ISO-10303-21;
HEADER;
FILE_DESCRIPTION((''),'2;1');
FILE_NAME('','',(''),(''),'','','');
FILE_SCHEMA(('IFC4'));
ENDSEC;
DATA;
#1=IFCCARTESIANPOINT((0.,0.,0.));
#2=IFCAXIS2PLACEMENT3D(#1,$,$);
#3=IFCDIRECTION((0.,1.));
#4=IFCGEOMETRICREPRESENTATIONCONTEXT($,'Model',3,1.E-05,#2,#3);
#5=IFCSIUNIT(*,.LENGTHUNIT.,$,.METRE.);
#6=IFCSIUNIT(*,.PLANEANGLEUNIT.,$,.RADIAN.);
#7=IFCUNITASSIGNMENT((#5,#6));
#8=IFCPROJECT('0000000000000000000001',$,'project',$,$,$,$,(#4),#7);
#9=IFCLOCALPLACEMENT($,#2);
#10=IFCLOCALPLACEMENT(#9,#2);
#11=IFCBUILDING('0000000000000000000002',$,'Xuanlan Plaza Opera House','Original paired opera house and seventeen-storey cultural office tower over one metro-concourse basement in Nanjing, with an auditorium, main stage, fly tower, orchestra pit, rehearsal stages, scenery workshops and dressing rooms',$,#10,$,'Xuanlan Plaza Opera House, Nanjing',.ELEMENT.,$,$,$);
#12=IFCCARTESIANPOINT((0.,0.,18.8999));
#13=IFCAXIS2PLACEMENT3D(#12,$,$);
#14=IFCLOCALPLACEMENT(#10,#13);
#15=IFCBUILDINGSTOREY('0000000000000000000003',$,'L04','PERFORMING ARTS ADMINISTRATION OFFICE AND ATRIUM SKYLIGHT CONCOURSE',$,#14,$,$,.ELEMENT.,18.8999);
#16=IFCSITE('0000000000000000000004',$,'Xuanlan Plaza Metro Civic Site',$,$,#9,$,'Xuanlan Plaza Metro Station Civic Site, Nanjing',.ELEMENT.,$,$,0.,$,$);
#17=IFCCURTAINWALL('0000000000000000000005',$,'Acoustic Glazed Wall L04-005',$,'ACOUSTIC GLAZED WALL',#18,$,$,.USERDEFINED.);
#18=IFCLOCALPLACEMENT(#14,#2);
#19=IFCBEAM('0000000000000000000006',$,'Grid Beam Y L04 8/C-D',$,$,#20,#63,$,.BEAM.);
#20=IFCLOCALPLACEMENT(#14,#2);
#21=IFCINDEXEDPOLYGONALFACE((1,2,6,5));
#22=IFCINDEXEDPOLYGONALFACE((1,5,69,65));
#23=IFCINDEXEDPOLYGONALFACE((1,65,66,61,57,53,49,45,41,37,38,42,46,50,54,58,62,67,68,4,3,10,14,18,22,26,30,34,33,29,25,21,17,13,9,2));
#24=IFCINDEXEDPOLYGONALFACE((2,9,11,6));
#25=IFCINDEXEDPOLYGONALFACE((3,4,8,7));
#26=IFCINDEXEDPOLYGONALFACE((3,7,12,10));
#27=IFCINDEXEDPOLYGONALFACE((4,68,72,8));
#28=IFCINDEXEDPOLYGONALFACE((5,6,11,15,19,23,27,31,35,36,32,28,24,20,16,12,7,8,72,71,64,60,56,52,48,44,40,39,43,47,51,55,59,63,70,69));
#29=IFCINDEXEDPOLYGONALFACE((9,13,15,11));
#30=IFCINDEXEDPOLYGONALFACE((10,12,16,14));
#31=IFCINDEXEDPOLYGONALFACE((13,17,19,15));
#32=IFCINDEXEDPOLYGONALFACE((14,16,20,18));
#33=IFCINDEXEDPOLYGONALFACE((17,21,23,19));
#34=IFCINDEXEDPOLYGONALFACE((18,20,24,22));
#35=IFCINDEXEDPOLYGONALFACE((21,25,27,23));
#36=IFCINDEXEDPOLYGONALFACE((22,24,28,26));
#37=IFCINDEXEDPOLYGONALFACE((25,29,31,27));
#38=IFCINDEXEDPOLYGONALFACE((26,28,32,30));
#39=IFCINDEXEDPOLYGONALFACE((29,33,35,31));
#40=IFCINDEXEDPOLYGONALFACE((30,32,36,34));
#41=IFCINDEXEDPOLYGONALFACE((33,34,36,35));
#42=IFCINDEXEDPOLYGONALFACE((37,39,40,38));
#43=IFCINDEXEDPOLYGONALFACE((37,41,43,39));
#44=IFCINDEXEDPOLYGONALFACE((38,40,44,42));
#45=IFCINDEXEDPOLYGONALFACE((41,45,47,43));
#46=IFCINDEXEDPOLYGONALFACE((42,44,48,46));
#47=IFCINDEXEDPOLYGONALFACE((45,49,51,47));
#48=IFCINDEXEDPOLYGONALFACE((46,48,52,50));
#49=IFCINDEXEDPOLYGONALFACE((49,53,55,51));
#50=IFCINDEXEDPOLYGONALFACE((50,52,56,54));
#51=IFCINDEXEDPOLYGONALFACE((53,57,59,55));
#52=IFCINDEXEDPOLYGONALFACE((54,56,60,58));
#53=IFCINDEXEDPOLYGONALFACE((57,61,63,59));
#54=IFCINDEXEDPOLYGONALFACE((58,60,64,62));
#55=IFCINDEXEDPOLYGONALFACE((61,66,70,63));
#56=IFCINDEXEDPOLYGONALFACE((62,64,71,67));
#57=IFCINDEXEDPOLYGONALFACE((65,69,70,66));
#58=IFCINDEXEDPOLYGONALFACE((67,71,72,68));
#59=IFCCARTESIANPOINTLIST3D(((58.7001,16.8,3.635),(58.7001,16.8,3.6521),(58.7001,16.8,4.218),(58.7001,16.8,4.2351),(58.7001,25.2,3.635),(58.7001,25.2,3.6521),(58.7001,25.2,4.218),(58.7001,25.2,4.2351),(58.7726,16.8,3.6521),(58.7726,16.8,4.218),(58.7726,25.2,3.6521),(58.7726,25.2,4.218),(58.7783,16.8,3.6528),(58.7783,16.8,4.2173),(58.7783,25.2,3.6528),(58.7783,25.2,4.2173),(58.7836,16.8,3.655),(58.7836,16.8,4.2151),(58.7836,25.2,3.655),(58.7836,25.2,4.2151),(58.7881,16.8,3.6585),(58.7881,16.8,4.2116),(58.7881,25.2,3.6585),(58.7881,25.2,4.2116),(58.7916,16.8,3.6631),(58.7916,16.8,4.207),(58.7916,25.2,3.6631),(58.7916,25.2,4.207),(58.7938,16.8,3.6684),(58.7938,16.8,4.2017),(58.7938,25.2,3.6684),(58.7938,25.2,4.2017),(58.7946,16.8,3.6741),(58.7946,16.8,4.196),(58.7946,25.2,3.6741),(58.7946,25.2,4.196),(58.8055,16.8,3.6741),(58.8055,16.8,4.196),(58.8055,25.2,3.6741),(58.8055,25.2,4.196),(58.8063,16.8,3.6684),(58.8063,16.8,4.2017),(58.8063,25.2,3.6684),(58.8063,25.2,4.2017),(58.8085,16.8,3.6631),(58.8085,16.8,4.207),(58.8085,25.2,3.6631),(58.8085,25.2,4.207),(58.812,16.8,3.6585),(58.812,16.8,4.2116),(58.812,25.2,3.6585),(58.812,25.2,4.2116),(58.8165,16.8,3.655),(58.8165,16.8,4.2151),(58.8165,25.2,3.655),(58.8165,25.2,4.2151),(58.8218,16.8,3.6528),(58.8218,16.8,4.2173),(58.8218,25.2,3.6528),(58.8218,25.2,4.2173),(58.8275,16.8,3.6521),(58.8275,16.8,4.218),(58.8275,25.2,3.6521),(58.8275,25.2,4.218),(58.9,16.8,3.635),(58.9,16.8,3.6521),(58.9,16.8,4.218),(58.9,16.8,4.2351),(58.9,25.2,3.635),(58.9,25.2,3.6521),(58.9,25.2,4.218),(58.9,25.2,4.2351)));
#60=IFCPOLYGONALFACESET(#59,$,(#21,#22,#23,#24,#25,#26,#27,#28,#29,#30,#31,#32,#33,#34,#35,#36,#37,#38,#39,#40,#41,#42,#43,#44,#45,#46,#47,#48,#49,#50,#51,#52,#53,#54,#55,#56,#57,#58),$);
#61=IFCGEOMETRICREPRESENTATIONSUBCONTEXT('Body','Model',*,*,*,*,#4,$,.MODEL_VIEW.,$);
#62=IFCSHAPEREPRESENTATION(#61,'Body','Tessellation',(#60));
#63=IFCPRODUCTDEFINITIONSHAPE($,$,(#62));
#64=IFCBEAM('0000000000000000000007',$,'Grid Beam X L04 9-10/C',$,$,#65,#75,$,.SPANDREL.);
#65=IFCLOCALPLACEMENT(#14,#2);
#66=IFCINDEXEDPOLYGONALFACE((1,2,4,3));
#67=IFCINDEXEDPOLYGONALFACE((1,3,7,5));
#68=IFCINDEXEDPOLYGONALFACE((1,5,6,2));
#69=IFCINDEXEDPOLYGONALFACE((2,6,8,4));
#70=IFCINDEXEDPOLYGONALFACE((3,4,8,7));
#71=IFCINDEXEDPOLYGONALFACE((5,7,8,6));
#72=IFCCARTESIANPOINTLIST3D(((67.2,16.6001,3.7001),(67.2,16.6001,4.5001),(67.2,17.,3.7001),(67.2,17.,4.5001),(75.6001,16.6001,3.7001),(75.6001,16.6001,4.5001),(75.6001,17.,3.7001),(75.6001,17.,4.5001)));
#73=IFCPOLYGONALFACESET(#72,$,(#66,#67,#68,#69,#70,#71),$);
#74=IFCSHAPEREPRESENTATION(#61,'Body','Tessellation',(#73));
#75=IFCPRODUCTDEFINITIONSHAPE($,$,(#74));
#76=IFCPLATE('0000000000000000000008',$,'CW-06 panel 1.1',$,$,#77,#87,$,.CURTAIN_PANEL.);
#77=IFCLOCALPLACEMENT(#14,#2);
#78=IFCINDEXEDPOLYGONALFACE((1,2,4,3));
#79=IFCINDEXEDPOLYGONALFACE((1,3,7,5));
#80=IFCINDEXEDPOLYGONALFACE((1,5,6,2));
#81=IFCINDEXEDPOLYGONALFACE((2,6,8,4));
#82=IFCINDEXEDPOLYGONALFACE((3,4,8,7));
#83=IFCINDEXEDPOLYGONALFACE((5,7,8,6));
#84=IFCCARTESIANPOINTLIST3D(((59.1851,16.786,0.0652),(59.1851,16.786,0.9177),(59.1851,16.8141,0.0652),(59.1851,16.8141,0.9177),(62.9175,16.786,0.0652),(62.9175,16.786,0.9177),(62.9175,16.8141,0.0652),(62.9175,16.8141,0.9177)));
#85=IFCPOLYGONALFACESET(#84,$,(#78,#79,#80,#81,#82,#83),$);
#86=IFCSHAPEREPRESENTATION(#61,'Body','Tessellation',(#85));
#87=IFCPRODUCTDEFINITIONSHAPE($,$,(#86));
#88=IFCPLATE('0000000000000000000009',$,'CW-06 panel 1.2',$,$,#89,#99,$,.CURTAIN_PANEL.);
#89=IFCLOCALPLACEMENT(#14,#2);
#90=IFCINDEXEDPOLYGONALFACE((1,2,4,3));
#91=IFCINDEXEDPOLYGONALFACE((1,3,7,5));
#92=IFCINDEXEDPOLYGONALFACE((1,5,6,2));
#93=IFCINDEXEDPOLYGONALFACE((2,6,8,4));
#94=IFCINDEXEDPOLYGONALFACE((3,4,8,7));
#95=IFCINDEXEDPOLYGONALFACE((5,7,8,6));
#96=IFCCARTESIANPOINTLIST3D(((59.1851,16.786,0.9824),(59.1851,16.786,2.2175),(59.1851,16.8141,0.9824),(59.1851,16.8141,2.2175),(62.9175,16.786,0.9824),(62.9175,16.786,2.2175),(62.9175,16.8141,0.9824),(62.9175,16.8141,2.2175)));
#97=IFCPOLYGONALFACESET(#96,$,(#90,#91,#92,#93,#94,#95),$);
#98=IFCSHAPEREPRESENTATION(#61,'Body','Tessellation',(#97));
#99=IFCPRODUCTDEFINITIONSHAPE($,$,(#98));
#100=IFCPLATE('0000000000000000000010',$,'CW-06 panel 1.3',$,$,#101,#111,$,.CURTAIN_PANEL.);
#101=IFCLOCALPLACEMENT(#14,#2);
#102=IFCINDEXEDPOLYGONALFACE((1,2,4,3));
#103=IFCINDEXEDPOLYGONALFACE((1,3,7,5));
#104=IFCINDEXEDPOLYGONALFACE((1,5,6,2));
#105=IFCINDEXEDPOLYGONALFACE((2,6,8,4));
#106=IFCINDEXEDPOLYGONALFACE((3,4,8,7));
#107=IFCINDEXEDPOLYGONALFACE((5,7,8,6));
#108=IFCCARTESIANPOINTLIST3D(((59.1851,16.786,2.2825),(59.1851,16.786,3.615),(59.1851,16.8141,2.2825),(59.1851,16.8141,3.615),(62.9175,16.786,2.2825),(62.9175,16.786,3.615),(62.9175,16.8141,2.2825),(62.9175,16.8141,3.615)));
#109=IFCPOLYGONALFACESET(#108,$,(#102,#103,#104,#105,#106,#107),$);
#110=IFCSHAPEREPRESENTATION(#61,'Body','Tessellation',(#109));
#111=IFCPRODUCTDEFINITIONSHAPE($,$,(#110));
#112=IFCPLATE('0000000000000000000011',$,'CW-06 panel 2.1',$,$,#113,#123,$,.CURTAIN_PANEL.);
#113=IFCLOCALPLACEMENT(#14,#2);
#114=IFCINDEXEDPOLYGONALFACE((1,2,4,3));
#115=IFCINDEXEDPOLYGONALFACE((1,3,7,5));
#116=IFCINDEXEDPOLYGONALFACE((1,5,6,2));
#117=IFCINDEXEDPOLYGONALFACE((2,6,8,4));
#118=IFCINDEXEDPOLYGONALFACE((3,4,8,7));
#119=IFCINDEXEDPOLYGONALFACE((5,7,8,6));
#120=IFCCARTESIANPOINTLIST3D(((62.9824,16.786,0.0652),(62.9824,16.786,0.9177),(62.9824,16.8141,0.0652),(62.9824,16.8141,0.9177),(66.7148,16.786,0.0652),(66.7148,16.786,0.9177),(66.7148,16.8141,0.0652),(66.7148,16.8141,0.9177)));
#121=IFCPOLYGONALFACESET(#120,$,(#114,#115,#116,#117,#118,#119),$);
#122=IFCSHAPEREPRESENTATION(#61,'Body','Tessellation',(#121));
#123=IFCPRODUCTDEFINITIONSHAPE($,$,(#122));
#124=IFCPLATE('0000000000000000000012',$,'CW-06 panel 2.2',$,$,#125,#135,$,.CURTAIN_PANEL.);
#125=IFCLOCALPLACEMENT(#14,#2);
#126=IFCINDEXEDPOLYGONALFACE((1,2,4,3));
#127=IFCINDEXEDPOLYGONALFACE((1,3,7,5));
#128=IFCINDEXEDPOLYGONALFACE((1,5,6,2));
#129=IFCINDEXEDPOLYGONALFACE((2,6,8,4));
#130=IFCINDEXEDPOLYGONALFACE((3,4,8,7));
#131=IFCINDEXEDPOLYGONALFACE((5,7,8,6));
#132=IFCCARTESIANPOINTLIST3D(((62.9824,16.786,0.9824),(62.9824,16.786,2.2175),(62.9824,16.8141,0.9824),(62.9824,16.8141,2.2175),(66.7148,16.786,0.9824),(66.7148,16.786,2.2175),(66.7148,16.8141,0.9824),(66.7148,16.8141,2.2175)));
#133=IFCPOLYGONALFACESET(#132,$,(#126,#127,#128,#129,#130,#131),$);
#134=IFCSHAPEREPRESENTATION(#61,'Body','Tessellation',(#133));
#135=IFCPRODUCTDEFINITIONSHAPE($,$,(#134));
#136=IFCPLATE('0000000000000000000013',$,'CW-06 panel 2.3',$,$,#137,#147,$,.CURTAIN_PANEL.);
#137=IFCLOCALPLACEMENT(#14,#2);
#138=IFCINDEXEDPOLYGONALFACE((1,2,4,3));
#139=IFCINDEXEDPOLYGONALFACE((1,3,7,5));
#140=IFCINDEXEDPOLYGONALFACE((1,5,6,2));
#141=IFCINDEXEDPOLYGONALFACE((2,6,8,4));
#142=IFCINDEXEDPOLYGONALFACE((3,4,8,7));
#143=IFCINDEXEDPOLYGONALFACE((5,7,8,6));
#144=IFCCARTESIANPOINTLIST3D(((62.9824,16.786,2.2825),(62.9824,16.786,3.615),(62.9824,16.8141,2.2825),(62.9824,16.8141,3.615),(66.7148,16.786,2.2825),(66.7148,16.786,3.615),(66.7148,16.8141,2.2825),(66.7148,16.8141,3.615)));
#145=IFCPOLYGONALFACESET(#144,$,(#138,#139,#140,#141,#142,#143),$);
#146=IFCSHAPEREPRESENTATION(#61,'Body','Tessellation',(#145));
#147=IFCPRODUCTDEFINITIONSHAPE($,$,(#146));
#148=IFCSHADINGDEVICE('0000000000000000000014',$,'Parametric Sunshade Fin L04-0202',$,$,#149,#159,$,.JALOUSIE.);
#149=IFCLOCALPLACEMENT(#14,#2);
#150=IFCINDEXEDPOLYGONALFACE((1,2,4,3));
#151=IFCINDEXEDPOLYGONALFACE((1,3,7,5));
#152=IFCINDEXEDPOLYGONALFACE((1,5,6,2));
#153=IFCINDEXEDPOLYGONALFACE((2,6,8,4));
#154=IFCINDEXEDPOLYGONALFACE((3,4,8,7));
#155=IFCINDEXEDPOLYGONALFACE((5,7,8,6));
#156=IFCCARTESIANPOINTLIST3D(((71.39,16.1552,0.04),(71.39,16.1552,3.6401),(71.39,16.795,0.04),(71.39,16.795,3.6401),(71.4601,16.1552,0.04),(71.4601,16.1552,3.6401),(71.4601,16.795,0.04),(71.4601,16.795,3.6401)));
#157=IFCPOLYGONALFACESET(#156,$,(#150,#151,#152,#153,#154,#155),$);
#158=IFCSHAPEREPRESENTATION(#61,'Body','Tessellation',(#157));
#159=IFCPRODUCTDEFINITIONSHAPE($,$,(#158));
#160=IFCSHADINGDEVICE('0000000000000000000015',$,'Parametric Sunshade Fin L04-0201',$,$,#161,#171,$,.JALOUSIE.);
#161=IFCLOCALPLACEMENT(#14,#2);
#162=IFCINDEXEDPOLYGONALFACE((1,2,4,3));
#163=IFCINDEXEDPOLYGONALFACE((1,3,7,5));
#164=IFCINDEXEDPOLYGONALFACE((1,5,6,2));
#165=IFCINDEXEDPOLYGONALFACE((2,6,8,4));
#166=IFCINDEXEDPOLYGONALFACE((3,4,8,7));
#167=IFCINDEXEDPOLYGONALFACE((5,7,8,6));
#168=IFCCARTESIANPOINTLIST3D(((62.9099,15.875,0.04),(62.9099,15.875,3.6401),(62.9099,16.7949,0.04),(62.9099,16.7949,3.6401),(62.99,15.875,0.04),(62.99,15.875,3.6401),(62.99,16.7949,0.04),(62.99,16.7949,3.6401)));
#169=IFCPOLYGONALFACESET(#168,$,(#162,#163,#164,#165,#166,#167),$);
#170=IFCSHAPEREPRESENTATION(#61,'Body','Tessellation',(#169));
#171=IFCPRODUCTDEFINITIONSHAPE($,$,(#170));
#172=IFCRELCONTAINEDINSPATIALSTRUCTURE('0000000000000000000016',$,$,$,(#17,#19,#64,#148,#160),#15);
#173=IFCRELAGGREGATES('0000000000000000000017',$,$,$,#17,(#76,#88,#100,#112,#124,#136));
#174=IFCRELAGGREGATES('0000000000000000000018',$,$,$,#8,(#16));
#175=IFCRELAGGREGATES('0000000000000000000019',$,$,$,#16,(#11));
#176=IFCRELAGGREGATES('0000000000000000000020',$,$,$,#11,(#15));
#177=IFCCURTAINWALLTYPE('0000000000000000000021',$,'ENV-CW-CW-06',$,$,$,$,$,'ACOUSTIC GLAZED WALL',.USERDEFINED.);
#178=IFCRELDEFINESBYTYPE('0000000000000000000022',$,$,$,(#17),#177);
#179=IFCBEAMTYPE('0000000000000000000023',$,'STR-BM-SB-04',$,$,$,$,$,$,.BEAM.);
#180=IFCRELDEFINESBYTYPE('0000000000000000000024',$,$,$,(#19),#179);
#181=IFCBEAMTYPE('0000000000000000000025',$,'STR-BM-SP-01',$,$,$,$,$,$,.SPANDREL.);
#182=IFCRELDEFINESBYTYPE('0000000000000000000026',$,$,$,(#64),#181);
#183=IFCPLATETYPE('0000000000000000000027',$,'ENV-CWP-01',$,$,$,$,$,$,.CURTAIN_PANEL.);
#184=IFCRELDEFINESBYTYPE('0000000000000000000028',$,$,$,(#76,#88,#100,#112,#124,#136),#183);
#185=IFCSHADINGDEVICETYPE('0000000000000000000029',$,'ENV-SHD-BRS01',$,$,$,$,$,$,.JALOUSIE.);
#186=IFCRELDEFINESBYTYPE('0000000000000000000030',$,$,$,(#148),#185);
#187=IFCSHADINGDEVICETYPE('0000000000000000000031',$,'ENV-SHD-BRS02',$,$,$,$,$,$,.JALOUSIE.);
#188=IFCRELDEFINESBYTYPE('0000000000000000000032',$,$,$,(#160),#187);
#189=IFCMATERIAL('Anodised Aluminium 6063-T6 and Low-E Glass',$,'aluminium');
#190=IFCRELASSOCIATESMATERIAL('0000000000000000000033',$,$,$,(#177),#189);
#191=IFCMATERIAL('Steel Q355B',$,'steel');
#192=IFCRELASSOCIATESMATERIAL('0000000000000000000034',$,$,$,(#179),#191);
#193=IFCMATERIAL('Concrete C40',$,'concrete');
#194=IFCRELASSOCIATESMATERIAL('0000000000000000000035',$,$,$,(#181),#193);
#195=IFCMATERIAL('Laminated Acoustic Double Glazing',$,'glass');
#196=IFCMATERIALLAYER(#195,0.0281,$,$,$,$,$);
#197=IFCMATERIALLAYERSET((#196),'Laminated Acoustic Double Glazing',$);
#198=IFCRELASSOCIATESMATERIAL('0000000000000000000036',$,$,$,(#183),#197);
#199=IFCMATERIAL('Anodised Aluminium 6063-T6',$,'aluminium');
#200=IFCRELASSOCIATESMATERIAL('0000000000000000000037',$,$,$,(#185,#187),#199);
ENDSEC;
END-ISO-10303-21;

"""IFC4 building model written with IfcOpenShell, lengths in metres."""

from ifc_helpers import new_model, si_unit, direction, frame, origin, origin_2d, place, context, subcontext, project, spatial, rectangle, i_section, extrude, material, layer, layer_set, material_profile, profile_set, type_object, element, aggregate, save


model = new_model("IFC4")

# Units and contexts
model_context = context("Model", 3, precision=1e-05, world=origin(), true_north=direction((0.0, 1.0)))
body_context = subcontext(model_context, "Body", "Model", "MODEL_VIEW")
ifc_project = project(units=[si_unit("LENGTHUNIT", "METRE"), si_unit("PLANEANGLEUNIT", "RADIAN")], contexts=[model_context])

# Site, building, storey
site_placement = place(None, origin())
site = spatial("IfcSite", under=ifc_project, at=site_placement, Name="Xuanlan Plaza Metro Civic Site", LongName="Xuanlan Plaza Metro Station Civic Site, Nanjing", CompositionType="ELEMENT", RefElevation=0.0)
building_placement = place(site_placement, origin())
building = spatial("IfcBuilding", under=site, at=building_placement, Name="Xuanlan Plaza Opera House", Description="Original paired opera house and seventeen-storey cultural office tower over one metro-concourse basement in Nanjing, with an auditorium, main stage, fly tower, orchestra pit, rehearsal stages, scenery workshops and dressing rooms", LongName="Xuanlan Plaza Opera House, Nanjing", CompositionType="ELEMENT")
storey_placement = place(building_placement, frame((0.0, 0.0, 18.8999)))
storey = spatial("IfcBuildingStorey", under=building, at=storey_placement, Name="L04", Description="PERFORMING ARTS ADMINISTRATION OFFICE AND ATRIUM SKYLIGHT CONCOURSE", CompositionType="ELEMENT", Elevation=18.8999)

# Shared definitions
ifc_material_1 = material(Name="Concrete C40", Category="concrete")

# Curtain wall
ifc_material_2 = material(Name="Anodised Aluminium 6063-T6 and Low-E Glass", Category="aluminium")
curtain_wall_type_1 = type_object("IfcCurtainWallType", Name="ENV-CW-CW-06", ElementType="ACOUSTIC GLAZED WALL", PredefinedType="USERDEFINED", material=ifc_material_2)
curtain_wall_1_placement = place(storey_placement, origin())
curtain_wall_1 = element("IfcCurtainWall", 1, at=curtain_wall_1_placement, inside=storey, type_object=curtain_wall_type_1, Name="Acoustic Glazed Wall L04-005", ObjectType="ACOUSTIC GLAZED WALL", PredefinedType="USERDEFINED")
ifc_material_3 = material(Name="Anodised Aluminium 6063-T6", Category="aluminium")

# Beams
ifc_material_4 = material(Name="Steel Q355B", Category="steel")
ifc_material_profile_1 = material_profile(ifc_material_4, i_section(OverallWidth=0.2, OverallDepth=0.6001, WebThickness=0.011, FlangeThickness=0.0171, FilletRadius=0.022, at=origin_2d()), Name="HN 600x200x11x17")
ifc_profile_set_1 = profile_set([ifc_material_profile_1], Name="Steel Q355B")
beam_type_1 = type_object("IfcBeamType", Name="STR-BM-SB-04", PredefinedType="BEAM", material=ifc_profile_set_1)
beam_1_placement = place(storey_placement, frame((58.8, 16.8, 3.9351), z_axis=(0.0, 1.0, 0.0), x_axis=(-1.0, 0.0, 0.0)))
element("IfcBeam", 2, at=beam_1_placement, inside=storey, type_object=beam_type_1, Name="Grid Beam Y L04 8/C-D", PredefinedType="BEAM", context=body_context, shape_type="SweptSolid", body=[
    extrude(i_section(OverallWidth=0.2, OverallDepth=0.6001, WebThickness=0.011, FlangeThickness=0.0171, FilletRadius=0.022, at=origin_2d()), origin(), (0.0, 0.0, 1.0), 8.3999),
])
ifc_material_profile_2 = material_profile(ifc_material_1, rectangle(XDim=0.3999, YDim=0.8, at=origin_2d()), Name="RC-SPD 400x800")
ifc_profile_set_2 = profile_set([ifc_material_profile_2], Name="Concrete C40")
beam_type_2 = type_object("IfcBeamType", Name="STR-BM-SP-01", PredefinedType="SPANDREL", material=ifc_profile_set_2)
beam_2_placement = place(storey_placement, frame((67.2, 16.8, 4.1001), z_axis=(1.0, 0.0, 0.0), x_axis=(0.0, 1.0, 0.0)))
element("IfcBeam", 3, at=beam_2_placement, inside=storey, type_object=beam_type_2, Name="Grid Beam X L04 9-10/C", PredefinedType="SPANDREL", context=body_context, shape_type="SweptSolid", body=[
    extrude(rectangle(XDim=0.3999, YDim=0.8, at=origin_2d()), origin(), (0.0, 0.0, 1.0), 8.4001),
])

# Plates
ifc_material_5 = material(Name="Laminated Acoustic Double Glazing", Category="glass")
ifc_layer = layer(ifc_material_5, 0.0281)
ifc_layer_set = layer_set([ifc_layer], Name="Laminated Acoustic Double Glazing")
plate_type = type_object("IfcPlateType", Name="ENV-CWP-01", PredefinedType="CURTAIN_PANEL", material=ifc_layer_set)
plate_1_placement = place(storey_placement, frame((61.0513, 16.8, 0.0652), z_axis=(0.0, 0.0, 1.0), x_axis=(1.0, 0.0, 0.0)))
plate_1 = element("IfcPlate", 4, at=plate_1_placement, type_object=plate_type, Name="CW-06 panel 1.1", PredefinedType="CURTAIN_PANEL", context=body_context, shape_type="SweptSolid", body=[
    extrude(rectangle(XDim=3.7324, YDim=0.0281, at=origin_2d()), origin(), (0.0, 0.0, 1.0), 0.8525),
])
plate_2_placement = place(storey_placement, frame((61.0513, 16.8, 0.9824), z_axis=(0.0, 0.0, 1.0), x_axis=(1.0, 0.0, 0.0)))
plate_2 = element("IfcPlate", 5, at=plate_2_placement, type_object=plate_type, Name="CW-06 panel 1.2", PredefinedType="CURTAIN_PANEL", context=body_context, shape_type="SweptSolid", body=[
    extrude(rectangle(XDim=3.7324, YDim=0.0281, at=origin_2d()), origin(), (0.0, 0.0, 1.0), 1.2351),
])
plate_3_placement = place(storey_placement, frame((61.0513, 16.8, 2.2825), z_axis=(0.0, 0.0, 1.0), x_axis=(1.0, 0.0, 0.0)))
plate_3 = element("IfcPlate", 6, at=plate_3_placement, type_object=plate_type, Name="CW-06 panel 1.3", PredefinedType="CURTAIN_PANEL", context=body_context, shape_type="SweptSolid", body=[
    extrude(rectangle(XDim=3.7324, YDim=0.0281, at=origin_2d()), origin(), (0.0, 0.0, 1.0), 1.3325),
])
plate_4_placement = place(storey_placement, frame((64.8486, 16.8, 0.0652), z_axis=(0.0, 0.0, 1.0), x_axis=(1.0, 0.0, 0.0)))
plate_4 = element("IfcPlate", 7, at=plate_4_placement, type_object=plate_type, Name="CW-06 panel 2.1", PredefinedType="CURTAIN_PANEL", context=body_context, shape_type="SweptSolid", body=[
    extrude(rectangle(XDim=3.7324, YDim=0.0281, at=origin_2d()), origin(), (0.0, 0.0, 1.0), 0.8525),
])
plate_5_placement = place(storey_placement, frame((64.8486, 16.8, 0.9824), z_axis=(0.0, 0.0, 1.0), x_axis=(1.0, 0.0, 0.0)))
plate_5 = element("IfcPlate", 8, at=plate_5_placement, type_object=plate_type, Name="CW-06 panel 2.2", PredefinedType="CURTAIN_PANEL", context=body_context, shape_type="SweptSolid", body=[
    extrude(rectangle(XDim=3.7324, YDim=0.0281, at=origin_2d()), origin(), (0.0, 0.0, 1.0), 1.2351),
])
plate_6_placement = place(storey_placement, frame((64.8486, 16.8, 2.2825), z_axis=(0.0, 0.0, 1.0), x_axis=(1.0, 0.0, 0.0)))
plate_6 = element("IfcPlate", 9, at=plate_6_placement, type_object=plate_type, Name="CW-06 panel 2.3", PredefinedType="CURTAIN_PANEL", context=body_context, shape_type="SweptSolid", body=[
    extrude(rectangle(XDim=3.7324, YDim=0.0281, at=origin_2d()), origin(), (0.0, 0.0, 1.0), 1.3325),
])
aggregate(curtain_wall_1, [plate_1, plate_2, plate_3, plate_4, plate_5, plate_6])

# Shading devices
shading_device_type_1 = type_object("IfcShadingDeviceType", Name="ENV-SHD-BRS01", PredefinedType="JALOUSIE", material=ifc_material_3)
shading_device_1_placement = place(storey_placement, frame((71.425, 16.4751, 0.04), z_axis=(0.0, 0.0, 1.0), x_axis=(0.0, -1.0, 0.0)))
element("IfcShadingDevice", 10, at=shading_device_1_placement, inside=storey, type_object=shading_device_type_1, Name="Parametric Sunshade Fin L04-0202", PredefinedType="JALOUSIE", context=body_context, shape_type="SweptSolid", body=[
    extrude(rectangle(XDim=0.6399, YDim=0.0701, at=origin_2d()), origin(), (0.0, 0.0, 1.0), 3.6001),
])
shading_device_type_2 = type_object("IfcShadingDeviceType", Name="ENV-SHD-BRS02", PredefinedType="JALOUSIE", material=ifc_material_3)
shading_device_2_placement = place(storey_placement, frame((62.95, 16.335, 0.04), z_axis=(0.0, 0.0, 1.0), x_axis=(0.0, -1.0, 0.0)))
element("IfcShadingDevice", 11, at=shading_device_2_placement, inside=storey, type_object=shading_device_type_2, Name="Parametric Sunshade Fin L04-0201", PredefinedType="JALOUSIE", context=body_context, shape_type="SweptSolid", body=[
    extrude(rectangle(XDim=0.9199, YDim=0.0801, at=origin_2d()), origin(), (0.0, 0.0, 1.0), 3.6001),
])

save(model, "model.ifc")
